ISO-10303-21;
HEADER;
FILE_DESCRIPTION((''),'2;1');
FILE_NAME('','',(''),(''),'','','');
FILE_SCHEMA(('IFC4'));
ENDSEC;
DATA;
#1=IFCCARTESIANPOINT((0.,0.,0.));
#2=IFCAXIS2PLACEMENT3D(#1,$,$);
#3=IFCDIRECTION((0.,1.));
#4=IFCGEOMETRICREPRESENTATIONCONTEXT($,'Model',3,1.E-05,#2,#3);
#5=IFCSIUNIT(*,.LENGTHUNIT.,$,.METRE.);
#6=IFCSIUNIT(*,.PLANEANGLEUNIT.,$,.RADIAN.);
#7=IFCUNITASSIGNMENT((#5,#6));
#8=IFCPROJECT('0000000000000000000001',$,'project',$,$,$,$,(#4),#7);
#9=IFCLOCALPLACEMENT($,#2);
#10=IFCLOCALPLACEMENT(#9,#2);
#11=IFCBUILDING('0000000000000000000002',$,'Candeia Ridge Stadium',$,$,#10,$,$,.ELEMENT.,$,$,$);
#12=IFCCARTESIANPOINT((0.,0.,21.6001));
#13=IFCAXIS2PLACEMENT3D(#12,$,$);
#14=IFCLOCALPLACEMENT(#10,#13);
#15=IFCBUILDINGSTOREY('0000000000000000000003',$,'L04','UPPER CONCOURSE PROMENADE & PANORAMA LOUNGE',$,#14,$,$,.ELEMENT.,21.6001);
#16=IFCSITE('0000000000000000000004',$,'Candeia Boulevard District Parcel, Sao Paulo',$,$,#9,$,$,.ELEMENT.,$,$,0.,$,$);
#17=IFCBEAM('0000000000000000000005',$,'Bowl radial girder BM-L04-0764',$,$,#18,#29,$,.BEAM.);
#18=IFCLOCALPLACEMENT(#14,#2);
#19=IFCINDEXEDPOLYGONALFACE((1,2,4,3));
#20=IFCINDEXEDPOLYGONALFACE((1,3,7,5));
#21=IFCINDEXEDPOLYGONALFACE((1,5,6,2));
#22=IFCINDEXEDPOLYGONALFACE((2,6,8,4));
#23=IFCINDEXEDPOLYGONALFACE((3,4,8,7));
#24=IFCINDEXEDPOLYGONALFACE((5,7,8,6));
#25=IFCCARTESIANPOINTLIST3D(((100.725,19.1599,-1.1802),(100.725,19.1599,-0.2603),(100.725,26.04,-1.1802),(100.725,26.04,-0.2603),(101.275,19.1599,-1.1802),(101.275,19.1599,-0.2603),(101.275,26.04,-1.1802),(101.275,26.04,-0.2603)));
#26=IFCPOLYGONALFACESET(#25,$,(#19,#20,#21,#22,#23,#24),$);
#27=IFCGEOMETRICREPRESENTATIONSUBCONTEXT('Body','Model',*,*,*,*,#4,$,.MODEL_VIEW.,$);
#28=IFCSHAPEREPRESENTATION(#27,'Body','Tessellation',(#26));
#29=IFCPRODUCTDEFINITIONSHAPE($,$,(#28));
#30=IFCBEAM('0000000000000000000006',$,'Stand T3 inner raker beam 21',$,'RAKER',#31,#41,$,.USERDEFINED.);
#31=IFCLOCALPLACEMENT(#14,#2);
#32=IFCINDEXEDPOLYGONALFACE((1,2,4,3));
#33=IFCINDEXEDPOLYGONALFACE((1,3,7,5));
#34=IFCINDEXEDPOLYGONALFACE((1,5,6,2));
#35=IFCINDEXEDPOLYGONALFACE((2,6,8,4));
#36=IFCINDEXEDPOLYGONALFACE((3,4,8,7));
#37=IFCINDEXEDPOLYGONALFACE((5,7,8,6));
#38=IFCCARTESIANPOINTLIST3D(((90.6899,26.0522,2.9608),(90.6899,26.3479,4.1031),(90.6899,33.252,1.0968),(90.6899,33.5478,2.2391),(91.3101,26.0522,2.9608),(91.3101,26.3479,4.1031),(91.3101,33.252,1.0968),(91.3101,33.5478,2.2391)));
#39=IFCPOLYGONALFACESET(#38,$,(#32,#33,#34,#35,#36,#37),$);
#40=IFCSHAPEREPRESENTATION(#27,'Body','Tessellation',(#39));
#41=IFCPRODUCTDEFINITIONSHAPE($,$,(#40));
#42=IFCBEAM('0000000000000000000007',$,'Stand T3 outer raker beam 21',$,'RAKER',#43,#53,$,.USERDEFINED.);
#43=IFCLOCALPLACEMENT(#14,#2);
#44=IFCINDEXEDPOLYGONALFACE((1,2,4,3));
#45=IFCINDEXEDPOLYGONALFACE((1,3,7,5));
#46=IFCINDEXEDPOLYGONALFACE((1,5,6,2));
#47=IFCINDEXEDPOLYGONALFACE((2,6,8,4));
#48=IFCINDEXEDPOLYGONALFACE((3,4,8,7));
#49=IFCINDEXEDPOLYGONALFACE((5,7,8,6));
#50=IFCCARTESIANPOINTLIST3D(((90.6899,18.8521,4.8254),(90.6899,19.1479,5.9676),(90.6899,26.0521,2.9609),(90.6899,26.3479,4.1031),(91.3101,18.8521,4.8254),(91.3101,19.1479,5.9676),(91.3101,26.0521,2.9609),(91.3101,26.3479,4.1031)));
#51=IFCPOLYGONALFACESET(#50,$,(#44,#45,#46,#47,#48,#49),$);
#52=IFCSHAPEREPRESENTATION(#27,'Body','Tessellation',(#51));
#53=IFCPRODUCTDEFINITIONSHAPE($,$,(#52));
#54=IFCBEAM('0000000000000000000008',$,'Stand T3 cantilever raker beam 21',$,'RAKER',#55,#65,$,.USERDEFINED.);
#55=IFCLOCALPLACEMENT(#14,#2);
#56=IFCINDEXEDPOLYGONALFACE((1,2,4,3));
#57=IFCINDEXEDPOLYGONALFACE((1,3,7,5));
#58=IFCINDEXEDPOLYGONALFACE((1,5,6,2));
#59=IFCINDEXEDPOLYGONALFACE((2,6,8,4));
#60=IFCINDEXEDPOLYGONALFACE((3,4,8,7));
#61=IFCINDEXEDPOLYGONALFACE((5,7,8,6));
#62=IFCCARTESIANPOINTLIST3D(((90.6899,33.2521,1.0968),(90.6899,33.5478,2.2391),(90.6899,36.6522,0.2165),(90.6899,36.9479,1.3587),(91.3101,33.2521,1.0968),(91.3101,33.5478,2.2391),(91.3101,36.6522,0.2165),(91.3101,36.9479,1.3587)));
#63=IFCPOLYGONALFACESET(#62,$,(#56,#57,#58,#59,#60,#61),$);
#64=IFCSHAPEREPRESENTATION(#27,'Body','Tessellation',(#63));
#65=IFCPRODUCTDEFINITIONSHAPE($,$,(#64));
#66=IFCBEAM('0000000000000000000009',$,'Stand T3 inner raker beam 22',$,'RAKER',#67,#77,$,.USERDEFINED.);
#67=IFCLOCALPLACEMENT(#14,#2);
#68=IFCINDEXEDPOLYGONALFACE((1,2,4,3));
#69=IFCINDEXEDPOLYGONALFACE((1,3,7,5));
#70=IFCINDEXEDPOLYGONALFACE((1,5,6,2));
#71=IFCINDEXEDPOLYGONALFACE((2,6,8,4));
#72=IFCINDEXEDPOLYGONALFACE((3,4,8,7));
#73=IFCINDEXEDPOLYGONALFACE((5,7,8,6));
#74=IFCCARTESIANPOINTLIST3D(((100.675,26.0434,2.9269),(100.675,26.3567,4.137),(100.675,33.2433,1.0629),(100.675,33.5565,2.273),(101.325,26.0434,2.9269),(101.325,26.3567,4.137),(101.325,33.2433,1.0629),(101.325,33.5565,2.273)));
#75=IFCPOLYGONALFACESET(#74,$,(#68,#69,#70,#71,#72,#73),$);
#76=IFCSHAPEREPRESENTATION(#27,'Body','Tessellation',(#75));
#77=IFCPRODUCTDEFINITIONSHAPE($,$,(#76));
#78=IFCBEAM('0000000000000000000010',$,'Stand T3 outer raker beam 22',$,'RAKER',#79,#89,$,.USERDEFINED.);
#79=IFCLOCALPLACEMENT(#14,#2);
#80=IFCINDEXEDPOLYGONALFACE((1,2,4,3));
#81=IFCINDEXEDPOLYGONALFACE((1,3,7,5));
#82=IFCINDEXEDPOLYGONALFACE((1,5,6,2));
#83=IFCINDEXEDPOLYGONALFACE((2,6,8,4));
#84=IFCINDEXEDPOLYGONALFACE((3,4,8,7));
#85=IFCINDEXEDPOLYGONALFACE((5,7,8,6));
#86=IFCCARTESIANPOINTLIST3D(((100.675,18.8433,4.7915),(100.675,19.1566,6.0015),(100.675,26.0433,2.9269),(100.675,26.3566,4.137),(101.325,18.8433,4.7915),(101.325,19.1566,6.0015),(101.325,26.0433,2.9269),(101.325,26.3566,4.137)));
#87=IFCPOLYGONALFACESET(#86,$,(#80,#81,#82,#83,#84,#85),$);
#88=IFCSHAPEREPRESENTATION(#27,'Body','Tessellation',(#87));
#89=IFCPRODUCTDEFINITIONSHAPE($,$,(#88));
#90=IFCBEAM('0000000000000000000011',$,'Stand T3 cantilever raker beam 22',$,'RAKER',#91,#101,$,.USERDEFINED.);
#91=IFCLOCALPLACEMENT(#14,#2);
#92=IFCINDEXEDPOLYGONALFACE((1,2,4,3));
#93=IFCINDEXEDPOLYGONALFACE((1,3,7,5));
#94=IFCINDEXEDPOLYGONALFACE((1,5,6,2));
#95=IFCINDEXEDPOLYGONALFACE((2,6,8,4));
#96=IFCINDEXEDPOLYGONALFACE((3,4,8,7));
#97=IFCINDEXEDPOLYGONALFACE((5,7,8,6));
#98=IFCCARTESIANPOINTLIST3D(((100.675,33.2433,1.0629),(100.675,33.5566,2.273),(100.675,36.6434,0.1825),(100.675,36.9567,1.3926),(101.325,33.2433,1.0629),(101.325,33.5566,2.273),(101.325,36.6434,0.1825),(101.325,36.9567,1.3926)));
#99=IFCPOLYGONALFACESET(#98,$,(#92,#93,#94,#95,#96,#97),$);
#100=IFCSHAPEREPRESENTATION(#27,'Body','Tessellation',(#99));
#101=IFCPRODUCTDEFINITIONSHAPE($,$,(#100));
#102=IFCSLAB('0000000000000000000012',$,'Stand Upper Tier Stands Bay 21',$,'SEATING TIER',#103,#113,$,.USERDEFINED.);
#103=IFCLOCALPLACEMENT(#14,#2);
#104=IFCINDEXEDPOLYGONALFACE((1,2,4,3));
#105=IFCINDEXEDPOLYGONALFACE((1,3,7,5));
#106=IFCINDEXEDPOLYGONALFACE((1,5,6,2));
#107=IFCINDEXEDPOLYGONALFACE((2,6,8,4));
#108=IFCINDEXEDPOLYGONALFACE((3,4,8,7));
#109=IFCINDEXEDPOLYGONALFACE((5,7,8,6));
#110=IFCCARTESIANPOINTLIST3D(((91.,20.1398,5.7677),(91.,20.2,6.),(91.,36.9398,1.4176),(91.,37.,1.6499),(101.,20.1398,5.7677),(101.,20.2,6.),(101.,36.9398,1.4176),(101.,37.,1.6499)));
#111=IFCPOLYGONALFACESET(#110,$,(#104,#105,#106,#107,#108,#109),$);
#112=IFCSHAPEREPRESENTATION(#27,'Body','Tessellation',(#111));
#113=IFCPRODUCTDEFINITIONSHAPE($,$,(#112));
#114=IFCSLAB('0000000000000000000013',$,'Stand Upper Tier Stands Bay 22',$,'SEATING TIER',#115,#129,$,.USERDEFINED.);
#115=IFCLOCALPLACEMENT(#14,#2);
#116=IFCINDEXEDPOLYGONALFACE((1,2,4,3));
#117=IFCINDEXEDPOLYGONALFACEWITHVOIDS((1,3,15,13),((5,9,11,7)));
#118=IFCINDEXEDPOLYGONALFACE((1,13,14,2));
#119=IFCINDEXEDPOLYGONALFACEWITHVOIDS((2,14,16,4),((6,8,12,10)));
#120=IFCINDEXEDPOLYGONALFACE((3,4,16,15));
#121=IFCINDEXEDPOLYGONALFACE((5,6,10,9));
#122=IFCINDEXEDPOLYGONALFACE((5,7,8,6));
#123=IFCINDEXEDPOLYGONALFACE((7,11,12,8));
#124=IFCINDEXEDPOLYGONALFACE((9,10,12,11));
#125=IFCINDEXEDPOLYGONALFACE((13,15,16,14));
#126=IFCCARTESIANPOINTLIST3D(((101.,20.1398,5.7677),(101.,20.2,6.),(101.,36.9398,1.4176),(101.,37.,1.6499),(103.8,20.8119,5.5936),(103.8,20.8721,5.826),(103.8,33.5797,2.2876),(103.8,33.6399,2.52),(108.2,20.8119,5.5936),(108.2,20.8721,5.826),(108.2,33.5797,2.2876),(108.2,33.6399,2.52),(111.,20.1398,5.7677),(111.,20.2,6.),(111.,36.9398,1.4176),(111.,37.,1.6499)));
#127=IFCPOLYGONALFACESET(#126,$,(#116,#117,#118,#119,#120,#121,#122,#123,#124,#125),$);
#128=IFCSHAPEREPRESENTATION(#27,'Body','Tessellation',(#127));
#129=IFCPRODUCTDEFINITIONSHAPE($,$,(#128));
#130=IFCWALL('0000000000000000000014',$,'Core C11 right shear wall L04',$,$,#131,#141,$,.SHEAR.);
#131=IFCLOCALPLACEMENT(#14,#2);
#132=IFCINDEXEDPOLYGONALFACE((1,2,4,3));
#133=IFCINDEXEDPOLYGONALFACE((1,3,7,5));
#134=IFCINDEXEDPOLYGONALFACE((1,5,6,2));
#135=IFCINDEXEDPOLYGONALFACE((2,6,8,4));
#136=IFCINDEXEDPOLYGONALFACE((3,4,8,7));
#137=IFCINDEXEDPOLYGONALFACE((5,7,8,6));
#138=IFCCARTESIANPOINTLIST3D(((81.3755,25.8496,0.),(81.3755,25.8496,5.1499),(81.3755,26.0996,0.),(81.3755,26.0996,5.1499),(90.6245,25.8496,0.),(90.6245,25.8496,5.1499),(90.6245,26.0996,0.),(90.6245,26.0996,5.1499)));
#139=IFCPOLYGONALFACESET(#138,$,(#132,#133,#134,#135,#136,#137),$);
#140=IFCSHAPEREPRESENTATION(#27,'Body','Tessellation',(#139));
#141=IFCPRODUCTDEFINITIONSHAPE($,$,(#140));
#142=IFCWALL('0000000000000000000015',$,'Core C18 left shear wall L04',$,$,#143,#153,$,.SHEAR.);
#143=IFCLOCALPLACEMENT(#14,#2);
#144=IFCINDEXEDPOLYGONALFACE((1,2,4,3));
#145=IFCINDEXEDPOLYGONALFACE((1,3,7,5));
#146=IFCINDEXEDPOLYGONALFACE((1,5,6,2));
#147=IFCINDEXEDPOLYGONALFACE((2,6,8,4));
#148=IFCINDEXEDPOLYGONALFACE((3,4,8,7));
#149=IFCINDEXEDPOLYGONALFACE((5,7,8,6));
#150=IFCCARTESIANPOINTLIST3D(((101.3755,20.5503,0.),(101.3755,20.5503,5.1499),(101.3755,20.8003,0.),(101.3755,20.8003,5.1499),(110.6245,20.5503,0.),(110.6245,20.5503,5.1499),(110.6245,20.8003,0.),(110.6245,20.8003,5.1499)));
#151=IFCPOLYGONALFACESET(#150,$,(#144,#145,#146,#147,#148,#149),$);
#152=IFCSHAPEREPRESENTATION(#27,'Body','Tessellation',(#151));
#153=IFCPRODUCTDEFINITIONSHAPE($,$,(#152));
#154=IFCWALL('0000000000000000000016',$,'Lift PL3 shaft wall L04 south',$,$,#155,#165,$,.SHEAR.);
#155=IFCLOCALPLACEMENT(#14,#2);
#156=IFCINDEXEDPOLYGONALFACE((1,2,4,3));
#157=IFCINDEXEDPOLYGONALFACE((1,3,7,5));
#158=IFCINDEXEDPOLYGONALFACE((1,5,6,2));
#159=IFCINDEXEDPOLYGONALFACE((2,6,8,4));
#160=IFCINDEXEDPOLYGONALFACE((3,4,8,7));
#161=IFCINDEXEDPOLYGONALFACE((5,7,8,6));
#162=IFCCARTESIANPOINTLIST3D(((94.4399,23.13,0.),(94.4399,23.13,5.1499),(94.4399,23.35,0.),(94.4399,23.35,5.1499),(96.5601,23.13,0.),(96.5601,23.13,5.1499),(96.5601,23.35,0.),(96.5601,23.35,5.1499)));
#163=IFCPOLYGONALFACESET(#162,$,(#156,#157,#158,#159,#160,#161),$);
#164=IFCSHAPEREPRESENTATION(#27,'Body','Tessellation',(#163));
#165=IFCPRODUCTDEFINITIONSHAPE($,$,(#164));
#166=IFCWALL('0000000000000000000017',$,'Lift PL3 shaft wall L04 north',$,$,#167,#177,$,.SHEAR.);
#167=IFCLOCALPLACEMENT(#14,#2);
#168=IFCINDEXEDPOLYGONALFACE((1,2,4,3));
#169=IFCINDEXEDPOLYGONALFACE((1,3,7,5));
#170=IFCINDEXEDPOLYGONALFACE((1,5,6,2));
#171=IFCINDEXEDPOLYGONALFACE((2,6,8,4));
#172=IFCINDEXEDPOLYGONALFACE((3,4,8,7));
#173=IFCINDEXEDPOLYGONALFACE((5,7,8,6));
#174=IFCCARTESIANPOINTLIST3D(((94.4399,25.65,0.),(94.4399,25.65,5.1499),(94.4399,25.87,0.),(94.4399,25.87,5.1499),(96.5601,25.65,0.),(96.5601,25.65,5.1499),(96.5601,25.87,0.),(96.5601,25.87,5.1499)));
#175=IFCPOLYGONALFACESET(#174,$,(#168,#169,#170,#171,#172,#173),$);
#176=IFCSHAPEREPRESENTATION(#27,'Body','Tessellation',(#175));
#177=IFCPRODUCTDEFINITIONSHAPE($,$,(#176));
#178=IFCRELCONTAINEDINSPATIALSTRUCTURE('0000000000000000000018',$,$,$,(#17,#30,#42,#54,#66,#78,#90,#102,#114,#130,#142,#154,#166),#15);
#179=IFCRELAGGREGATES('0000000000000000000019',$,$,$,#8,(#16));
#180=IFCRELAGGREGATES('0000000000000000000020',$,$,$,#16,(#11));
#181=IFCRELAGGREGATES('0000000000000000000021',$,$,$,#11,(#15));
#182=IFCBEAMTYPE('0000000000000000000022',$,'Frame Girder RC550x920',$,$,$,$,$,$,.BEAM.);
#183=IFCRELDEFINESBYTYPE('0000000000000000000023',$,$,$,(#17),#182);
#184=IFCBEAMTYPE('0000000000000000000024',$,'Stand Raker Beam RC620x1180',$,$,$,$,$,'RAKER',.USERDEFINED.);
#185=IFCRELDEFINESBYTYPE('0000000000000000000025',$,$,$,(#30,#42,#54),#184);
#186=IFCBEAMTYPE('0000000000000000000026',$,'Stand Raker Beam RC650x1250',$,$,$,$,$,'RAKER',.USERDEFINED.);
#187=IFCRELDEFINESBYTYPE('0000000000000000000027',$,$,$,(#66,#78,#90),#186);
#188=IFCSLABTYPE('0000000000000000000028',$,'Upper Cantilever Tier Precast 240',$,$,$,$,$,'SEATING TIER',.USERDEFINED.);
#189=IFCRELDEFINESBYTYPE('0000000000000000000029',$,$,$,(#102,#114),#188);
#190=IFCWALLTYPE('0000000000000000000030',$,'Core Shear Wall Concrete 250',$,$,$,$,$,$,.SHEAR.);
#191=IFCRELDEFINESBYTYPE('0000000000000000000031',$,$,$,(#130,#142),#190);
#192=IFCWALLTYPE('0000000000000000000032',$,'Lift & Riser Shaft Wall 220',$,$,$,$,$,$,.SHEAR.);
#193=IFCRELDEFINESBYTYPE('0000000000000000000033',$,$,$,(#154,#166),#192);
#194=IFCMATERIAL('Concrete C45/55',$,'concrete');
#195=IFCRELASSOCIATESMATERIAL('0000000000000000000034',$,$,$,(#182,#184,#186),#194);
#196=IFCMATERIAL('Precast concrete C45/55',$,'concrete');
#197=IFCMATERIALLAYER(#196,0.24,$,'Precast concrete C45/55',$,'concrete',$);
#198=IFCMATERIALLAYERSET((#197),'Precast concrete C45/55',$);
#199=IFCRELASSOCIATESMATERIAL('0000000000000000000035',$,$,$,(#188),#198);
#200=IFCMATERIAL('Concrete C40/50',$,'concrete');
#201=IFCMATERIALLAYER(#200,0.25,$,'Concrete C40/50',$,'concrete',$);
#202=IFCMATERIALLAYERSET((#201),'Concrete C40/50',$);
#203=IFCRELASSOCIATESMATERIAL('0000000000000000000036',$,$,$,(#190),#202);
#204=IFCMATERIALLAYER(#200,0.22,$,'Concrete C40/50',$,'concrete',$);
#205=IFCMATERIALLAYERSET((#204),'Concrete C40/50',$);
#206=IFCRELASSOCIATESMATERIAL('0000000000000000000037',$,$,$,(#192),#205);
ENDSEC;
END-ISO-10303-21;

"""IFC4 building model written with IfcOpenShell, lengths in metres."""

from ifc_helpers import new_model, si_unit, direction, frame, frame_2d, origin, origin_2d, place, context, subcontext, project, spatial, polyline, rectangle, outline, extrude, material, layer, layer_set, material_profile, profile_set, type_object, element, save


model = new_model("IFC4")

# Units and contexts
model_context = context("Model", 3, precision=1e-05, world=origin(), true_north=direction((0.0, 1.0)))
body_context = subcontext(model_context, "Body", "Model", "MODEL_VIEW")
ifc_project = project(units=[si_unit("LENGTHUNIT", "METRE"), si_unit("PLANEANGLEUNIT", "RADIAN")], contexts=[model_context])

# Site, building, storey
site_placement = place(None, origin())
site = spatial("IfcSite", under=ifc_project, at=site_placement, Name="Candeia Boulevard District Parcel, Sao Paulo", CompositionType="ELEMENT", RefElevation=0.0)
building_placement = place(site_placement, origin())
building = spatial("IfcBuilding", under=site, at=building_placement, Name="Candeia Ridge Stadium", CompositionType="ELEMENT")
storey_placement = place(building_placement, frame((0.0, 0.0, 21.6001)))
storey = spatial("IfcBuildingStorey", under=building, at=storey_placement, Name="L04", Description="UPPER CONCOURSE PROMENADE & PANORAMA LOUNGE", CompositionType="ELEMENT", Elevation=21.6001)

# Shared definitions
ifc_material_1 = material(Name="Concrete C45/55", Category="concrete")

# Beams
ifc_material_2 = material(Name="Concrete C40/50", Category="concrete")
ifc_material_profile_1 = material_profile(ifc_material_1, rectangle(XDim=0.55, YDim=0.9199, at=origin_2d()), Name="RC550x920", Category="concrete")
ifc_profile_set_1 = profile_set([ifc_material_profile_1], Name="Concrete C45/55")
beam_type_1 = type_object("IfcBeamType", Name="Frame Girder RC550x920", PredefinedType="BEAM", material=ifc_profile_set_1)
beam_1_placement = place(storey_placement, frame((101.0, 26.04, -0.7202), z_axis=(0.0, -1.0, 0.0), x_axis=(1.0, 0.0, 0.0)))
element("IfcBeam", 1, at=beam_1_placement, inside=storey, type_object=beam_type_1, Name="Bowl radial girder BM-L04-0764", PredefinedType="BEAM", context=body_context, shape_type="SweptSolid", body=[
    extrude(rectangle(XDim=0.55, YDim=0.9199, at=origin_2d()), origin(), (0.0, 0.0, 1.0), 6.8801),
])
ifc_material_profile_2 = material_profile(ifc_material_1, rectangle(XDim=0.6201, YDim=1.1799, at=origin_2d()), Name="RC620x1180", Category="concrete")
ifc_profile_set_2 = profile_set([ifc_material_profile_2], Name="Concrete C45/55")
beam_type_2 = type_object("IfcBeamType", Name="Stand Raker Beam RC620x1180", ElementType="RAKER", PredefinedType="USERDEFINED", material=ifc_profile_set_2)
beam_2_placement = place(storey_placement, frame((91.0, 33.3999, 1.668), z_axis=(0.0, -0.968083, 0.250629), x_axis=(1.0, 0.0, 0.0)))
element("IfcBeam", 2, at=beam_2_placement, inside=storey, type_object=beam_type_2, Name="Stand T3 inner raker beam 21", ObjectType="RAKER", PredefinedType="USERDEFINED", context=body_context, shape_type="SweptSolid", body=[
    extrude(rectangle(XDim=0.6201, YDim=1.1799, at=origin_2d()), origin(), (0.0, 0.0, 1.0), 7.4373),
])
beam_3_placement = place(storey_placement, frame((91.0, 26.2, 3.532), z_axis=(0.0, -0.968067, 0.250691), x_axis=(1.0, 0.0, 0.0)))
element("IfcBeam", 3, at=beam_3_placement, inside=storey, type_object=beam_type_2, Name="Stand T3 outer raker beam 21", ObjectType="RAKER", PredefinedType="USERDEFINED", context=body_context, shape_type="SweptSolid", body=[
    extrude(rectangle(XDim=0.6201, YDim=1.1799, at=origin_2d()), origin(), (0.0, 0.0, 1.0), 7.4375),
])
beam_4_placement = place(storey_placement, frame((91.0, 36.8, 0.7876), z_axis=(0.0, -0.968076, 0.250656), x_axis=(1.0, 0.0, 0.0)))
element("IfcBeam", 4, at=beam_4_placement, inside=storey, type_object=beam_type_2, Name="Stand T3 cantilever raker beam 21", ObjectType="RAKER", PredefinedType="USERDEFINED", context=body_context, shape_type="SweptSolid", body=[
    extrude(rectangle(XDim=0.6201, YDim=1.1799, at=origin_2d()), origin(), (0.0, 0.0, 1.0), 3.5122),
])
ifc_material_profile_3 = material_profile(ifc_material_1, rectangle(XDim=0.6499, YDim=1.25, at=origin_2d()), Name="RC650x1250", Category="concrete")
ifc_profile_set_3 = profile_set([ifc_material_profile_3], Name="Concrete C45/55")
beam_type_3 = type_object("IfcBeamType", Name="Stand Raker Beam RC650x1250", ElementType="RAKER", PredefinedType="USERDEFINED", material=ifc_profile_set_3)
beam_5_placement = place(storey_placement, frame((101.0, 33.3999, 1.668), z_axis=(0.0, -0.968083, 0.250629), x_axis=(1.0, 0.0, 0.0)))
element("IfcBeam", 5, at=beam_5_placement, inside=storey, type_object=beam_type_3, Name="Stand T3 inner raker beam 22", ObjectType="RAKER", PredefinedType="USERDEFINED", context=body_context, shape_type="SweptSolid", body=[
    extrude(rectangle(XDim=0.6499, YDim=1.25, at=origin_2d()), origin(), (0.0, 0.0, 1.0), 7.4373),
])
beam_6_placement = place(storey_placement, frame((101.0, 26.2, 3.532), z_axis=(0.0, -0.968067, 0.250691), x_axis=(1.0, 0.0, 0.0)))
element("IfcBeam", 6, at=beam_6_placement, inside=storey, type_object=beam_type_3, Name="Stand T3 outer raker beam 22", ObjectType="RAKER", PredefinedType="USERDEFINED", context=body_context, shape_type="SweptSolid", body=[
    extrude(rectangle(XDim=0.6499, YDim=1.25, at=origin_2d()), origin(), (0.0, 0.0, 1.0), 7.4375),
])
beam_7_placement = place(storey_placement, frame((101.0, 36.8, 0.7876), z_axis=(0.0, -0.968076, 0.250656), x_axis=(1.0, 0.0, 0.0)))
element("IfcBeam", 7, at=beam_7_placement, inside=storey, type_object=beam_type_3, Name="Stand T3 cantilever raker beam 22", ObjectType="RAKER", PredefinedType="USERDEFINED", context=body_context, shape_type="SweptSolid", body=[
    extrude(rectangle(XDim=0.6499, YDim=1.25, at=origin_2d()), origin(), (0.0, 0.0, 1.0), 3.5122),
])

# Slabs
ifc_material_3 = material(Name="Precast concrete C45/55", Category="concrete")
ifc_layer_1 = layer(ifc_material_3, 0.24, Name="Precast concrete C45/55", Category="concrete")
ifc_layer_set_1 = layer_set([ifc_layer_1], Name="Precast concrete C45/55")
slab_type = type_object("IfcSlabType", Name="Upper Cantilever Tier Precast 240", ElementType="SEATING TIER", PredefinedType="USERDEFINED", material=ifc_layer_set_1)
slab_1_placement = place(storey_placement, frame((91.0, 37.0, 1.6499), z_axis=(0.0, 0.250667, 0.968073), x_axis=(1.0, 0.0, 0.0)))
element("IfcSlab", 8, at=slab_1_placement, inside=storey, type_object=slab_type, Name="Stand Upper Tier Stands Bay 21", ObjectType="SEATING TIER", PredefinedType="USERDEFINED", context=body_context, shape_type="SweptSolid", body=[
    extrude(outline(polyline([(0.0, 0.0), (10.0, 0.0), (10.0, -17.3541), (0.0, -17.3541), (0.0, 0.0)])), origin(), (0.0, 0.0, -1.0), 0.24),
])
slab_2_placement = place(storey_placement, frame((101.0, 37.0, 1.6499), z_axis=(0.0, 0.250667, 0.968073), x_axis=(1.0, 0.0, 0.0)))
element("IfcSlab", 9, at=slab_2_placement, inside=storey, type_object=slab_type, Name="Stand Upper Tier Stands Bay 22", ObjectType="SEATING TIER", PredefinedType="USERDEFINED", context=body_context, shape_type="SweptSolid", body=[
    extrude(outline(polyline([(0.0, 0.0), (10.0, 0.0), (10.0, -17.3541), (0.0, -17.3541), (0.0, 0.0)]), holes=[polyline([(2.8, -3.4709), (7.2, -3.4709), (7.2, -16.6598), (2.8, -16.6598), (2.8, -3.4709)])]), origin(), (0.0, 0.0, -1.0), 0.24),
])

# Walls
ifc_layer_2 = layer(ifc_material_2, 0.25, Name="Concrete C40/50", Category="concrete")
ifc_layer_set_2 = layer_set([ifc_layer_2], Name="Concrete C40/50")
wall_type_1 = type_object("IfcWallType", Name="Core Shear Wall Concrete 250", PredefinedType="SHEAR", material=ifc_layer_set_2)
for number, where, z_axis, x_axis, name in (
    (10, (90.6245, 25.9746, 0.0), (0.0, 0.0, 1.0), (-1.0, 0.0, 0.0), "Core C11 right shear wall L04"),
    (11, (101.3755, 20.6753, 0.0), (0.0, 0.0, 1.0), (1.0, 0.0, 0.0), "Core C18 left shear wall L04"),
):
    element("IfcWall", number, at=place(storey_placement, frame(where, z_axis=z_axis, x_axis=x_axis)), inside=storey, type_object=wall_type_1, Name=name, PredefinedType="SHEAR", context=body_context, shape_type="SweptSolid", body=[
        extrude(rectangle(XDim=9.249, YDim=0.25, at=frame_2d((4.6245, 0.0))), origin(), (0.0, 0.0, 1.0), 5.1499),
    ])
ifc_layer_3 = layer(ifc_material_2, 0.22, Name="Concrete C40/50", Category="concrete")
ifc_layer_set_3 = layer_set([ifc_layer_3], Name="Concrete C40/50")
wall_type_2 = type_object("IfcWallType", Name="Lift & Riser Shaft Wall 220", PredefinedType="SHEAR", material=ifc_layer_set_3)
wall_1_placement = place(storey_placement, frame((94.4399, 23.24, 0.0), z_axis=(0.0, 0.0, 1.0), x_axis=(1.0, 0.0, 0.0)))
element("IfcWall", 12, at=wall_1_placement, inside=storey, type_object=wall_type_2, Name="Lift PL3 shaft wall L04 south", PredefinedType="SHEAR", context=body_context, shape_type="SweptSolid", body=[
    extrude(rectangle(XDim=2.1201, YDim=0.22, at=frame_2d((1.0601, 0.0))), origin(), (0.0, 0.0, 1.0), 5.1499),
])

# Wall
wall_2_placement = place(storey_placement, frame((96.5601, 25.76, 0.0), z_axis=(0.0, 0.0, 1.0), x_axis=(-1.0, 0.0, 0.0)))
element("IfcWall", 13, at=wall_2_placement, inside=storey, type_object=wall_type_2, Name="Lift PL3 shaft wall L04 north", PredefinedType="SHEAR", context=body_context, shape_type="SweptSolid", body=[
    extrude(rectangle(XDim=2.1201, YDim=0.22, at=frame_2d((1.0601, 0.0))), origin(), (0.0, 0.0, 1.0), 5.1499),
])

save(model, "model.ifc")
